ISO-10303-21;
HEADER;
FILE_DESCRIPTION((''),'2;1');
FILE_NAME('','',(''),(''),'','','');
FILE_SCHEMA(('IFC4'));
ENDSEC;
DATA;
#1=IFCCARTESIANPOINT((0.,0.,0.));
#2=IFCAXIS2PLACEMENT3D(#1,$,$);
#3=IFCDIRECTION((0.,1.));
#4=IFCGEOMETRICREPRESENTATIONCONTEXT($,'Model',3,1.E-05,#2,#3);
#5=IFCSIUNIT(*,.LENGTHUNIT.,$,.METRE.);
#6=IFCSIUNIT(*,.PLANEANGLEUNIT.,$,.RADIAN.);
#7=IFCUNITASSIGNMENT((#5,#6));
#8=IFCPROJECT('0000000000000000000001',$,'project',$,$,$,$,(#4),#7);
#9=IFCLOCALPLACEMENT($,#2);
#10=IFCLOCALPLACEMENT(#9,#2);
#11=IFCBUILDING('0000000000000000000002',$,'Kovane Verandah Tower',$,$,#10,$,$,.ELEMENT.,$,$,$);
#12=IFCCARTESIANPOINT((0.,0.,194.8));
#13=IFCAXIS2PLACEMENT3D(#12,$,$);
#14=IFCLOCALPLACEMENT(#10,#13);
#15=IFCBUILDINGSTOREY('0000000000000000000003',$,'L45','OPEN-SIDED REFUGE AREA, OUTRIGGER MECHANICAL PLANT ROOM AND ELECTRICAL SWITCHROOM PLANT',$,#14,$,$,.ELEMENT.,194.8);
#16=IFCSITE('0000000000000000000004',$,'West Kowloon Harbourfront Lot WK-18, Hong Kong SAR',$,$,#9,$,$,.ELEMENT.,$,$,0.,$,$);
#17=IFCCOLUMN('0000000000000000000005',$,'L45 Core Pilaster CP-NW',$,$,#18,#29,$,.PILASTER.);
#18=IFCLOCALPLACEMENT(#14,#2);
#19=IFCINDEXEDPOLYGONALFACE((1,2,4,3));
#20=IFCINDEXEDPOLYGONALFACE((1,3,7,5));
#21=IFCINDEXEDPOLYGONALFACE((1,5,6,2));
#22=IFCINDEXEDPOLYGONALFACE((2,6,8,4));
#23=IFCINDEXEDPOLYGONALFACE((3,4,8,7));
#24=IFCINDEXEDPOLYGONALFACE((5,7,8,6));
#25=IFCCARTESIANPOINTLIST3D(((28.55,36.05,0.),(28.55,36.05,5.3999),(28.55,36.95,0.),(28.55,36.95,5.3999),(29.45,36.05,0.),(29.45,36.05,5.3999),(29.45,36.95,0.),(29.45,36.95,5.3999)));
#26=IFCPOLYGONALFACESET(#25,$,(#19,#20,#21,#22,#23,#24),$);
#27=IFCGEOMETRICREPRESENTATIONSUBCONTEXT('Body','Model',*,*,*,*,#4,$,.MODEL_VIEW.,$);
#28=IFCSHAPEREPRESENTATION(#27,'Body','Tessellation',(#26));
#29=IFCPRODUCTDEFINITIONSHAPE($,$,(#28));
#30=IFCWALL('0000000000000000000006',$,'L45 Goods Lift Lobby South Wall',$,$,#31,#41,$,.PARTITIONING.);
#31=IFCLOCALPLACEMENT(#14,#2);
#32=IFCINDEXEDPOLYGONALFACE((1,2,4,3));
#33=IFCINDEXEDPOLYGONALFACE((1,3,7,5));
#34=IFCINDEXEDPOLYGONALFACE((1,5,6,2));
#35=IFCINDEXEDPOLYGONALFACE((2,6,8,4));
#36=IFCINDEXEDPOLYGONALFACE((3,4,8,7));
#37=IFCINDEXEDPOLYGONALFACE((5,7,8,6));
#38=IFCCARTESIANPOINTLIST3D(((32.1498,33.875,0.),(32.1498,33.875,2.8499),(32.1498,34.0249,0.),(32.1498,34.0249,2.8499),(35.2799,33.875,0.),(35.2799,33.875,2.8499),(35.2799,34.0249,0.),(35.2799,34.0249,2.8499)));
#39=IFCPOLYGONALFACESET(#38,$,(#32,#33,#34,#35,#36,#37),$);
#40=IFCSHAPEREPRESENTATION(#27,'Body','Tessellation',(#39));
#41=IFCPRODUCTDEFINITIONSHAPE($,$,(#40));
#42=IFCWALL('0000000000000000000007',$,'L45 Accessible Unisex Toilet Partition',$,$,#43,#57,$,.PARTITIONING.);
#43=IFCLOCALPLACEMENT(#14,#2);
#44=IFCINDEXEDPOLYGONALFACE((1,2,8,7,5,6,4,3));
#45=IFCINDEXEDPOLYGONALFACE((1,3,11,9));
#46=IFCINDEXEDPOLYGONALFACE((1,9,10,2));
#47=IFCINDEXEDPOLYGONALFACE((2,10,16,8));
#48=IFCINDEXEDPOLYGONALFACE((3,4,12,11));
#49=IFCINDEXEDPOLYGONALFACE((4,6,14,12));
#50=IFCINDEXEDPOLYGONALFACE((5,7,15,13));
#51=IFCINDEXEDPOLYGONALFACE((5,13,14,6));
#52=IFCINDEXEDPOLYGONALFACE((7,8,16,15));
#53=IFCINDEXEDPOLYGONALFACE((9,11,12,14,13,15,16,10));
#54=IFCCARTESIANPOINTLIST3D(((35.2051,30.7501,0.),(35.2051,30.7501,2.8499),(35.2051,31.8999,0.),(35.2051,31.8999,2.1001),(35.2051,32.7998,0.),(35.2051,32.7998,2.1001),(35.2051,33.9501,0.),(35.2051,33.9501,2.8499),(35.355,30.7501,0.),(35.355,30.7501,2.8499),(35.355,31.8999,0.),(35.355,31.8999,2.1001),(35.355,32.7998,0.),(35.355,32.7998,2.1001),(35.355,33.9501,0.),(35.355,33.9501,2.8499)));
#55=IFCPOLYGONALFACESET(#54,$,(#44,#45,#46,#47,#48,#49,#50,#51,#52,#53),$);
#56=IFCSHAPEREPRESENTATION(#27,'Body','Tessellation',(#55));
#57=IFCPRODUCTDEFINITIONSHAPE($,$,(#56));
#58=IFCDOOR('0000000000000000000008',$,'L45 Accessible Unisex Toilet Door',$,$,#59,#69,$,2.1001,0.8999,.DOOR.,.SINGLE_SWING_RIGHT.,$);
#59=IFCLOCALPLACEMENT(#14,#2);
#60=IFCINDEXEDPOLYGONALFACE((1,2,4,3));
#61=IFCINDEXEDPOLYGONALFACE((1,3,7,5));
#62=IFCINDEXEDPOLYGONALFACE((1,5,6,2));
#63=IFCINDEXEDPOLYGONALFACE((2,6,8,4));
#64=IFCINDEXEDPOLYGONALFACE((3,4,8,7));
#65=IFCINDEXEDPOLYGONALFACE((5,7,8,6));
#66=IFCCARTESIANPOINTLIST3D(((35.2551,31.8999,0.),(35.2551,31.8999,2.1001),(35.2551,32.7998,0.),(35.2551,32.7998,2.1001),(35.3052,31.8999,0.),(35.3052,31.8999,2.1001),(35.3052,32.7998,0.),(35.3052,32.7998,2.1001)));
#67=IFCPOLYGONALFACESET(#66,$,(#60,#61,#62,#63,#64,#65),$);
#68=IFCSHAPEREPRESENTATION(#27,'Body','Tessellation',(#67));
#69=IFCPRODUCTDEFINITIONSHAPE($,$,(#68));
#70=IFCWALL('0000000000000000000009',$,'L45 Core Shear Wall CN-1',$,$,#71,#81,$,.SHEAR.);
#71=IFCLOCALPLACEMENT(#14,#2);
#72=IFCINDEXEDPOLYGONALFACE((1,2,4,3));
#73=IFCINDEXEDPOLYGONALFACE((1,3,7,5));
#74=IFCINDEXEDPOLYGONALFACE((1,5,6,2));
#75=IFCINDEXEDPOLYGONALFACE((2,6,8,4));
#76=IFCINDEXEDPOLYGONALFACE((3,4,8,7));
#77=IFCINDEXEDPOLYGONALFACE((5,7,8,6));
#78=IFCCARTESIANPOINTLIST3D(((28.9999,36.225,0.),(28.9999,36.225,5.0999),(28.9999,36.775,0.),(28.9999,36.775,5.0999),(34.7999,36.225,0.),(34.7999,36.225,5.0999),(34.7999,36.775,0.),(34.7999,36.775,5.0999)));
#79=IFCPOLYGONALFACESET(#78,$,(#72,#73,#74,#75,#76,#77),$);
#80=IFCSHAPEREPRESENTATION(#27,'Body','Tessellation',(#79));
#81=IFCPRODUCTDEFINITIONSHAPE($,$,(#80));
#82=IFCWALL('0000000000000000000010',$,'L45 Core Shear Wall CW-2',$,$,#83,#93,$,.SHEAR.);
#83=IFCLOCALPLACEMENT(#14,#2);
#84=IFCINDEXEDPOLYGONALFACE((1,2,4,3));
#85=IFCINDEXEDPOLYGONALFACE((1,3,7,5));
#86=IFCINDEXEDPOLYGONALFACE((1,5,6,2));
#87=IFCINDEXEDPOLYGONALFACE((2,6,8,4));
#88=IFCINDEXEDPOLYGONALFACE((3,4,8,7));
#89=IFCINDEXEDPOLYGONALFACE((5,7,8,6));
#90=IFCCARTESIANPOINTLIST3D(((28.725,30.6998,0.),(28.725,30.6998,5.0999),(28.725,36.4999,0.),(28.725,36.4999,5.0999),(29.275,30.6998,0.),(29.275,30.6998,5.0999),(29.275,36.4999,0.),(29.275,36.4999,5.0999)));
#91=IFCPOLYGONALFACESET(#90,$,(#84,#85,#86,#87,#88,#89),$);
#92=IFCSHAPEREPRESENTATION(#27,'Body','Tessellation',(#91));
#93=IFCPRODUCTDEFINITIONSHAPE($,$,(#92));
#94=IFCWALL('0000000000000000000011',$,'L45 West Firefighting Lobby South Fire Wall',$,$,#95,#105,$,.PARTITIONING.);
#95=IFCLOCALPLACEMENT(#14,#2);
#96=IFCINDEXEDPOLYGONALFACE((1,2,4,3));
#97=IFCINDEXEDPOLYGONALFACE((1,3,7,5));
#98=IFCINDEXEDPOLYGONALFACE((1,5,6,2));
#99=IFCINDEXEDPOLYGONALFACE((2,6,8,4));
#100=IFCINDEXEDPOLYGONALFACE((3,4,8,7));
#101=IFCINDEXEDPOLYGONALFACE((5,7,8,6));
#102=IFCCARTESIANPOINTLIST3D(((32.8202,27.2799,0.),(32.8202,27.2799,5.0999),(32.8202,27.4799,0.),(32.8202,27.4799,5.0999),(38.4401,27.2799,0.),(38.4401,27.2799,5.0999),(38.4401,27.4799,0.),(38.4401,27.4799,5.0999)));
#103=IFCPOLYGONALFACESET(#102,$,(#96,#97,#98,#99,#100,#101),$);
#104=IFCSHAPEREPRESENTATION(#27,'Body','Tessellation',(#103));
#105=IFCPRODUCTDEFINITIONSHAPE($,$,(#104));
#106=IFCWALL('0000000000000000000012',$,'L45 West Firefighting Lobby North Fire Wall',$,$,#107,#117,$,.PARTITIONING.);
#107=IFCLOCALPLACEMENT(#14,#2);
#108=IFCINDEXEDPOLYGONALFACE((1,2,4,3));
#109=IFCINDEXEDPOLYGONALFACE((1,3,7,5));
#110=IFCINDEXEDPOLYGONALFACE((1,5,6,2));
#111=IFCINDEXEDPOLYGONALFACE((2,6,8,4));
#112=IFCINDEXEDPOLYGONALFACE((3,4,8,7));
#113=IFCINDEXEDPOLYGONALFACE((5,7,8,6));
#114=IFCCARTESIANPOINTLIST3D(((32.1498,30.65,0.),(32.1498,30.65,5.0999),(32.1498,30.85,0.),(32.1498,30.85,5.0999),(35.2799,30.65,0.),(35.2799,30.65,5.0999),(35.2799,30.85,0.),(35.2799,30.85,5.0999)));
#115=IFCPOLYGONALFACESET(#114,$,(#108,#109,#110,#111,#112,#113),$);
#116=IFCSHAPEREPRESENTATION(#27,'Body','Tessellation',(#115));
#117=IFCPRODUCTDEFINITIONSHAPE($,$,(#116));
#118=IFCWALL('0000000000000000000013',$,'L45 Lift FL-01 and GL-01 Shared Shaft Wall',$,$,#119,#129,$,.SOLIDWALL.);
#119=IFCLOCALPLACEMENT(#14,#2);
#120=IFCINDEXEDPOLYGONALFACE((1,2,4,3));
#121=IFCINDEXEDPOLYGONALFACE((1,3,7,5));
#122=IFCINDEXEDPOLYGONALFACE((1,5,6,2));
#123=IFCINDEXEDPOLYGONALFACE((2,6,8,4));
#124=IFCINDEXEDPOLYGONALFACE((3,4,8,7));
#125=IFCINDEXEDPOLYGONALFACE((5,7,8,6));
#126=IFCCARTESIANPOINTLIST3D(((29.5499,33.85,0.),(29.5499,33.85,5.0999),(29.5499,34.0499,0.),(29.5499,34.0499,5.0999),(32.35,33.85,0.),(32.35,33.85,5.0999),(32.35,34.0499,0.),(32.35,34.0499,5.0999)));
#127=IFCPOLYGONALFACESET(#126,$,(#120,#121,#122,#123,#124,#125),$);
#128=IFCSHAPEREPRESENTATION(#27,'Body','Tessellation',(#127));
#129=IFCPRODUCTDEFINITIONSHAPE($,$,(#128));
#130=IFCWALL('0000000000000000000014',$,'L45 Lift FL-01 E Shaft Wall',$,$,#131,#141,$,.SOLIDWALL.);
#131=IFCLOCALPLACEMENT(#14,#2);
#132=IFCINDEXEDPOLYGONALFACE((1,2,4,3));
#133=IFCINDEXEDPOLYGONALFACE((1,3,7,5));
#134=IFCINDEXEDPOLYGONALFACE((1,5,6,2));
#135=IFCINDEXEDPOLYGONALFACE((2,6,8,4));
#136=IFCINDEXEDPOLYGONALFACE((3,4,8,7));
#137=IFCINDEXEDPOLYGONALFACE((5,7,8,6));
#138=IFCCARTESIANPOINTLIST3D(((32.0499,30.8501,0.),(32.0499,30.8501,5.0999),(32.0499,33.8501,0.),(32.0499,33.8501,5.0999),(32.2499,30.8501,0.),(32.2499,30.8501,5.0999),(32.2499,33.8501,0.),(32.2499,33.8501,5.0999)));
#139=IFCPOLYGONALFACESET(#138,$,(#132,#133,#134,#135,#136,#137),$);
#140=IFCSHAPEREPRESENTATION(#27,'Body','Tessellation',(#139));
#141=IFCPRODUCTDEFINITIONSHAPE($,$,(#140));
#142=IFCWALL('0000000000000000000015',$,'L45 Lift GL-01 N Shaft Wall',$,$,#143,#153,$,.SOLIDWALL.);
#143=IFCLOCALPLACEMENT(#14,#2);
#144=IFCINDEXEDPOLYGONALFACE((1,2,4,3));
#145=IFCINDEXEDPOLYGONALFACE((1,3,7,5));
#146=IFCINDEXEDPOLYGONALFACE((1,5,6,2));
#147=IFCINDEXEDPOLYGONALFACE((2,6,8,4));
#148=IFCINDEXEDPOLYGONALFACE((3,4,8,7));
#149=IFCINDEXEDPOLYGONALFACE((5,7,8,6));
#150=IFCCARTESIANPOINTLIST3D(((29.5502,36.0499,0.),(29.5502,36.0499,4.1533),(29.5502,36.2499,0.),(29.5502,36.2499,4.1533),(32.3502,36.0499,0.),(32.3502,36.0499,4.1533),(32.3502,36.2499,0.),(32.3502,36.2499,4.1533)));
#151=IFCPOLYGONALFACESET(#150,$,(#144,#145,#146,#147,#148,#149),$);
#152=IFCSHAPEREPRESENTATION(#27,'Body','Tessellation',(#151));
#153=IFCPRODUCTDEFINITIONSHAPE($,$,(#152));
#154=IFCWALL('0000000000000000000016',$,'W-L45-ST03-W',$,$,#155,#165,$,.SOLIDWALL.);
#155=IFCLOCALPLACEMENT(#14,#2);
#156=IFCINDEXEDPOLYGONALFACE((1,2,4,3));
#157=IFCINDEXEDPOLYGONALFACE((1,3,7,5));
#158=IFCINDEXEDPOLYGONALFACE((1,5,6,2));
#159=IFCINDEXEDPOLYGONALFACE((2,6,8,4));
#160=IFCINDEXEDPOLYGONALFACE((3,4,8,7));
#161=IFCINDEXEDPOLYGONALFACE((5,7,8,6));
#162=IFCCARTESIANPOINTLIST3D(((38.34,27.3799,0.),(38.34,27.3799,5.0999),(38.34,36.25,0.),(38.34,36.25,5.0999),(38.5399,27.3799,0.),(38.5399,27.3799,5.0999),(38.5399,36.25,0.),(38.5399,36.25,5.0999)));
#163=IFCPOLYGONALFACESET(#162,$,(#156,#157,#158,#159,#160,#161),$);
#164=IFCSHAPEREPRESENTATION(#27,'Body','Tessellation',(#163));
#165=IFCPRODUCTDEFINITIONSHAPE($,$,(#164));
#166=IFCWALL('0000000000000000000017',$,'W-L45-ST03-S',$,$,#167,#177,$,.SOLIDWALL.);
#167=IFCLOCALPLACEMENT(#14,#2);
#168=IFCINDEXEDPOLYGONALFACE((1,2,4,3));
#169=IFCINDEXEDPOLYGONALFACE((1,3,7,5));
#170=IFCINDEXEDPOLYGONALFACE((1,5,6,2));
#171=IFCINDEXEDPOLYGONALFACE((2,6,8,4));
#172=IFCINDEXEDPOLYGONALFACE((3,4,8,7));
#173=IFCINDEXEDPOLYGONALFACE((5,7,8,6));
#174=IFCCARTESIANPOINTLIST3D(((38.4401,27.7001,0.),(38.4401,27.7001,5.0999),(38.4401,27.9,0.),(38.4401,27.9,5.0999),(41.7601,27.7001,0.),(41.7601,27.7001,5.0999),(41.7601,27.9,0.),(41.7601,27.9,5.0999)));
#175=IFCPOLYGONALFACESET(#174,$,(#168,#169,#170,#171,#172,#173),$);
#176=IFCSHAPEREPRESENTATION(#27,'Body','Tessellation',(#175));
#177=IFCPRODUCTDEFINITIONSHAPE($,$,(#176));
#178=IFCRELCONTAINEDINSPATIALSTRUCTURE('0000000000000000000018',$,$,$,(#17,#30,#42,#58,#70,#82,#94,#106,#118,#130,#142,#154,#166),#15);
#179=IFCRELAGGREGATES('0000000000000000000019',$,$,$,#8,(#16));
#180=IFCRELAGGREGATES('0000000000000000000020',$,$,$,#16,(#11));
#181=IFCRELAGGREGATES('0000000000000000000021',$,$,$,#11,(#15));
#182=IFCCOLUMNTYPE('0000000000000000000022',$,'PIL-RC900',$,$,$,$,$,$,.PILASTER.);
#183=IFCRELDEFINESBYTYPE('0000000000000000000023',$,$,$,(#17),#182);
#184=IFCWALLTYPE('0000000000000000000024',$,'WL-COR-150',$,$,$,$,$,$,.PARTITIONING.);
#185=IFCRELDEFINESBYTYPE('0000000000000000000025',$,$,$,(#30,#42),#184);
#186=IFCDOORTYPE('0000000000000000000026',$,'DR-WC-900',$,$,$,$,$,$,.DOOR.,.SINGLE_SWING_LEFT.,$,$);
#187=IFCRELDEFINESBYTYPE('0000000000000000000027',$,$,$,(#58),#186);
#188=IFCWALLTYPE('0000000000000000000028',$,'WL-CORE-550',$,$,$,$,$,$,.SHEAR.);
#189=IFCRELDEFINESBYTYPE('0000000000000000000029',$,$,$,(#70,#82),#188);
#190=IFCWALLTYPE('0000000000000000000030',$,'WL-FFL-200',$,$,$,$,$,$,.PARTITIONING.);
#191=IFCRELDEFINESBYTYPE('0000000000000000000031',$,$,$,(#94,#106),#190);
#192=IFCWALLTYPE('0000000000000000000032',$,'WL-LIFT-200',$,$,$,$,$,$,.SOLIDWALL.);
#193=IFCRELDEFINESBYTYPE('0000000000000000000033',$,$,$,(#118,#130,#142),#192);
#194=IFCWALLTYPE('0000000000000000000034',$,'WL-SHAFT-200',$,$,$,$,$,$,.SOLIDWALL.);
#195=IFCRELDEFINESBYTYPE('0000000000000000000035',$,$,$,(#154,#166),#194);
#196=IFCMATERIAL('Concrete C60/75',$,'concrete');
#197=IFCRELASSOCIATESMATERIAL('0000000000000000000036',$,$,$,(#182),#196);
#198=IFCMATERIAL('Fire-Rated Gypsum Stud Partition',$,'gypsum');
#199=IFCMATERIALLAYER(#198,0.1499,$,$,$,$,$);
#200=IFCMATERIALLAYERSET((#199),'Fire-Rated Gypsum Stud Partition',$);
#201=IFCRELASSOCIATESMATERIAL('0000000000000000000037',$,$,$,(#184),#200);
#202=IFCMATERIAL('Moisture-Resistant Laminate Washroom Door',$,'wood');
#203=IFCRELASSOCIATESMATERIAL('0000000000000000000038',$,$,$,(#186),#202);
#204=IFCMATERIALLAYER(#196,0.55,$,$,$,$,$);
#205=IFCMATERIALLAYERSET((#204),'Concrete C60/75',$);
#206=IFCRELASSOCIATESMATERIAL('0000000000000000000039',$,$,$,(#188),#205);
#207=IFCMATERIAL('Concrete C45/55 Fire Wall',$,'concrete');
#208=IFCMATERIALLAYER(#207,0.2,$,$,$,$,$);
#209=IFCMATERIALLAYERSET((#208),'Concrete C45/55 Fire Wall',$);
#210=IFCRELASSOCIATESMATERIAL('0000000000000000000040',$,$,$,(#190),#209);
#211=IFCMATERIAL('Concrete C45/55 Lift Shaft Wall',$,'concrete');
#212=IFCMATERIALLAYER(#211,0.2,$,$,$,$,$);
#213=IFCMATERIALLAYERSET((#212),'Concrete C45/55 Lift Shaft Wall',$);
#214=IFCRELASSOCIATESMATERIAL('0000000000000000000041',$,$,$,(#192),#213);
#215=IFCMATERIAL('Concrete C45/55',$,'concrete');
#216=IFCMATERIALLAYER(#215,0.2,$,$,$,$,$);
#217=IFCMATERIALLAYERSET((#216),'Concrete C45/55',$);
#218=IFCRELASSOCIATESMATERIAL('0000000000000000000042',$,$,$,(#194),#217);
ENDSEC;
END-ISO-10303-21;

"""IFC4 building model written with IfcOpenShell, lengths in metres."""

from ifc_helpers import new_model, si_unit, direction, frame, frame_2d, origin, origin_2d, place, context, subcontext, project, spatial, rectangle, extrude, material, layer, layer_set, material_profile, profile_set, type_object, element, fill, save


model = new_model("IFC4")

# Units and contexts
model_context = context("Model", 3, precision=1e-05, world=origin(), true_north=direction((0.0, 1.0)))
body_context = subcontext(model_context, "Body", "Model", "MODEL_VIEW")
ifc_project = project(units=[si_unit("LENGTHUNIT", "METRE"), si_unit("PLANEANGLEUNIT", "RADIAN")], contexts=[model_context])

# Site, building, storey
site_placement = place(None, origin())
site = spatial("IfcSite", under=ifc_project, at=site_placement, Name="West Kowloon Harbourfront Lot WK-18, Hong Kong SAR", CompositionType="ELEMENT", RefElevation=0.0)
building_placement = place(site_placement, origin())
building = spatial("IfcBuilding", under=site, at=building_placement, Name="Kovane Verandah Tower", CompositionType="ELEMENT")
storey_placement = place(building_placement, frame((0.0, 0.0, 194.8)))
storey = spatial("IfcBuildingStorey", under=building, at=storey_placement, Name="L45", Description="OPEN-SIDED REFUGE AREA, OUTRIGGER MECHANICAL PLANT ROOM AND ELECTRICAL SWITCHROOM PLANT", CompositionType="ELEMENT", Elevation=194.8)

# Column
ifc_material_1 = material(Name="Concrete C60/75", Category="concrete")
ifc_material_profile = material_profile(ifc_material_1, rectangle(XDim=0.8999, YDim=0.8999, at=origin_2d()), Name="RC900x900")
ifc_profile_set = profile_set([ifc_material_profile], Name="Concrete C60/75")
column_type = type_object("IfcColumnType", Name="PIL-RC900", PredefinedType="PILASTER", material=ifc_profile_set)
column_placement = place(storey_placement, frame((29.0, 36.5, 0.0), z_axis=(0.0, 0.0, 1.0), x_axis=(1.0, 0.0, 0.0)))
element("IfcColumn", 1, at=column_placement, inside=storey, type_object=column_type, Name="L45 Core Pilaster CP-NW", PredefinedType="PILASTER", context=body_context, shape_type="SweptSolid", body=[
    extrude(rectangle(XDim=0.8999, YDim=0.8999, at=origin_2d()), origin(), (0.0, 0.0, 1.0), 5.3999),
])

# Wall
ifc_material_2 = material(Name="Fire-Rated Gypsum Stud Partition", Category="gypsum")
ifc_layer_1 = layer(ifc_material_2, 0.1499)
ifc_layer_set_1 = layer_set([ifc_layer_1], Name="Fire-Rated Gypsum Stud Partition")
wall_type_1 = type_object("IfcWallType", Name="WL-COR-150", PredefinedType="PARTITIONING", material=ifc_layer_set_1)
wall_1_placement = place(storey_placement, frame((32.1499, 33.95, 0.0), z_axis=(0.0, 0.0, 1.0), x_axis=(1.0, 0.0, 0.0)))
element("IfcWall", 2, at=wall_1_placement, inside=storey, type_object=wall_type_1, Name="L45 Goods Lift Lobby South Wall", PredefinedType="PARTITIONING", context=body_context, shape_type="SweptSolid", body=[
    extrude(rectangle(XDim=3.1301, YDim=0.1499, at=frame_2d((1.5649, 0.0))), origin(), (0.0, 0.0, 1.0), 2.8499),
])

# Wall, opening, door
wall_2_placement = place(storey_placement, frame((35.28, 30.75, 0.0), z_axis=(0.0, 0.0, 1.0), x_axis=(0.0, 1.0, 0.0)))
wall_2 = element("IfcWall", 3, at=wall_2_placement, inside=storey, type_object=wall_type_1, Name="L45 Accessible Unisex Toilet Partition", PredefinedType="PARTITIONING", context=body_context, shape_type="SweptSolid", body=[
    extrude(rectangle(XDim=3.2, YDim=0.1499, at=frame_2d((1.6001, 0.0))), origin(), (0.0, 0.0, 1.0), 2.8499),
])
opening_1_placement = place(wall_2_placement, frame((1.1499, 0.0, 0.0)))
opening_1 = element("IfcOpeningElement", 4, at=opening_1_placement, cuts=wall_2, PredefinedType="OPENING", context=body_context, shape_type="SweptSolid", body=[
    extrude(rectangle(XDim=0.8999, YDim=2.1001, at=frame_2d((0.45, 1.05))), frame((0.0, 0.075, 0.0), z_axis=(0.0, -1.0, 0.0), x_axis=(1.0, 0.0, 0.0)), (0.0, 0.0, 1.0), 0.1499),
])
ifc_material_3 = material(Name="Moisture-Resistant Laminate Washroom Door", Category="wood")
door_type_1 = type_object("IfcDoorType", Name="DR-WC-900", OperationType="SINGLE_SWING_LEFT", PredefinedType="DOOR", material=ifc_material_3)
door_1_placement = place(opening_1_placement, origin())
door_1 = element("IfcDoor", 5, at=door_1_placement, inside=storey, type_object=door_type_1, Name="L45 Accessible Unisex Toilet Door", OperationType="SINGLE_SWING_RIGHT", OverallHeight=2.1001, OverallWidth=0.8999, PredefinedType="DOOR", context=body_context, shape_type="SweptSolid", body=[
    extrude(rectangle(XDim=0.8999, YDim=2.1001, at=frame_2d((0.45, 1.05))), frame((0.0, 0.0249, 0.0), z_axis=(0.0, -1.0, 0.0), x_axis=(1.0, 0.0, 0.0)), (0.0, 0.0, 1.0), 0.05),
])
fill(opening_1, door_1)

# Walls
ifc_layer_2 = layer(ifc_material_1, 0.55)
ifc_layer_set_2 = layer_set([ifc_layer_2], Name="Concrete C60/75")
wall_type_2 = type_object("IfcWallType", Name="WL-CORE-550", PredefinedType="SHEAR", material=ifc_layer_set_2)
for number, where, z_axis, x_axis, name in (
    (6, (29.0, 36.5, 0.0), (0.0, 0.0, 1.0), (1.0, 0.0, 0.0), "L45 Core Shear Wall CN-1"),
    (7, (29.0, 30.7, 0.0), (0.0, 0.0, 1.0), (0.0, 1.0, 0.0), "L45 Core Shear Wall CW-2"),
):
    element("IfcWall", number, at=place(storey_placement, frame(where, z_axis=z_axis, x_axis=x_axis)), inside=storey, type_object=wall_type_2, Name=name, PredefinedType="SHEAR", context=body_context, shape_type="SweptSolid", body=[
        extrude(rectangle(XDim=5.8, YDim=0.55, at=frame_2d((2.8999, 0.0))), origin(), (0.0, 0.0, 1.0), 5.0999),
    ])

# Shared definitions
ifc_material_4 = material(Name="Concrete C45/55 Fire Wall", Category="concrete")
ifc_layer_3 = layer(ifc_material_4, 0.2)
ifc_layer_set_3 = layer_set([ifc_layer_3], Name="Concrete C45/55 Fire Wall")
wall_type_3 = type_object("IfcWallType", Name="WL-FFL-200", PredefinedType="PARTITIONING", material=ifc_layer_set_3)

# Walls
wall_3_placement = place(storey_placement, frame((32.8201, 27.3799, 0.0), z_axis=(0.0, 0.0, 1.0), x_axis=(1.0, 0.0, 0.0)))
element("IfcWall", 8, at=wall_3_placement, inside=storey, type_object=wall_type_3, Name="L45 West Firefighting Lobby South Fire Wall", PredefinedType="PARTITIONING", context=body_context, shape_type="SweptSolid", body=[
    extrude(rectangle(XDim=5.6199, YDim=0.2, at=frame_2d((2.8101, 0.0))), origin(), (0.0, 0.0, 1.0), 5.0999),
])
wall_4_placement = place(storey_placement, frame((32.1499, 30.75, 0.0), z_axis=(0.0, 0.0, 1.0), x_axis=(1.0, 0.0, 0.0)))
element("IfcWall", 9, at=wall_4_placement, inside=storey, type_object=wall_type_3, Name="L45 West Firefighting Lobby North Fire Wall", PredefinedType="PARTITIONING", context=body_context, shape_type="SweptSolid", body=[
    extrude(rectangle(XDim=3.1301, YDim=0.2, at=frame_2d((1.5649, 0.0))), origin(), (0.0, 0.0, 1.0), 5.0999),
])

# Shared definitions
ifc_material_5 = material(Name="Concrete C45/55 Lift Shaft Wall", Category="concrete")
ifc_layer_4 = layer(ifc_material_5, 0.2)
ifc_layer_set_4 = layer_set([ifc_layer_4], Name="Concrete C45/55 Lift Shaft Wall")
wall_type_4 = type_object("IfcWallType", Name="WL-LIFT-200", PredefinedType="SOLIDWALL", material=ifc_layer_set_4)

# Walls
wall_5_placement = place(storey_placement, frame((29.55, 33.95, 0.0), z_axis=(0.0, 0.0, 1.0), x_axis=(1.0, 0.0, 0.0)))
element("IfcWall", 10, at=wall_5_placement, inside=storey, type_object=wall_type_4, Name="L45 Lift FL-01 and GL-01 Shared Shaft Wall", PredefinedType="SOLIDWALL", context=body_context, shape_type="SweptSolid", body=[
    extrude(rectangle(XDim=2.8, YDim=0.2, at=frame_2d((1.3999, 0.0))), origin(), (0.0, 0.0, 1.0), 5.0999),
])
wall_6_placement = place(storey_placement, frame((32.1499, 30.8501, 0.0), z_axis=(0.0, 0.0, 1.0), x_axis=(0.0, 1.0, 0.0)))
element("IfcWall", 11, at=wall_6_placement, inside=storey, type_object=wall_type_4, Name="L45 Lift FL-01 E Shaft Wall", PredefinedType="SOLIDWALL", context=body_context, shape_type="SweptSolid", body=[
    extrude(rectangle(XDim=3.0, YDim=0.2, at=frame_2d((1.5, 0.0))), origin(), (0.0, 0.0, 1.0), 5.0999),
])
wall_7_placement = place(storey_placement, frame((32.3501, 36.1499, 0.0), z_axis=(0.0, 0.0, 1.0), x_axis=(-1.0, 0.0, 0.0)))
element("IfcWall", 12, at=wall_7_placement, inside=storey, type_object=wall_type_4, Name="L45 Lift GL-01 N Shaft Wall", PredefinedType="SOLIDWALL", context=body_context, shape_type="SweptSolid", body=[
    extrude(rectangle(XDim=2.8, YDim=0.2, at=frame_2d((1.3999, 0.0))), origin(), (0.0, 0.0, 1.0), 4.1533),
])

# Shared definitions
ifc_material_6 = material(Name="Concrete C45/55", Category="concrete")
ifc_layer_5 = layer(ifc_material_6, 0.2)
ifc_layer_set_5 = layer_set([ifc_layer_5], Name="Concrete C45/55")
wall_type_5 = type_object("IfcWallType", Name="WL-SHAFT-200", PredefinedType="SOLIDWALL", material=ifc_layer_set_5)

# Walls
wall_8_placement = place(storey_placement, frame((38.4399, 27.3799, 0.0), z_axis=(0.0, 0.0, 1.0), x_axis=(0.0, 1.0, 0.0)))
element("IfcWall", 13, at=wall_8_placement, inside=storey, type_object=wall_type_5, Name="W-L45-ST03-W", PredefinedType="SOLIDWALL", context=body_context, shape_type="SweptSolid", body=[
    extrude(rectangle(XDim=8.8701, YDim=0.2, at=frame_2d((4.4351, 0.0))), origin(), (0.0, 0.0, 1.0), 5.0999),
])
wall_9_placement = place(storey_placement, frame((38.4399, 27.8, 0.0), z_axis=(0.0, 0.0, 1.0), x_axis=(1.0, 0.0, 0.0)))
element("IfcWall", 14, at=wall_9_placement, inside=storey, type_object=wall_type_5, Name="W-L45-ST03-S", PredefinedType="SOLIDWALL", context=body_context, shape_type="SweptSolid", body=[
    extrude(rectangle(XDim=3.3201, YDim=0.2, at=frame_2d((1.6602, 0.0))), origin(), (0.0, 0.0, 1.0), 5.0999),
])

save(model, "model.ifc")
